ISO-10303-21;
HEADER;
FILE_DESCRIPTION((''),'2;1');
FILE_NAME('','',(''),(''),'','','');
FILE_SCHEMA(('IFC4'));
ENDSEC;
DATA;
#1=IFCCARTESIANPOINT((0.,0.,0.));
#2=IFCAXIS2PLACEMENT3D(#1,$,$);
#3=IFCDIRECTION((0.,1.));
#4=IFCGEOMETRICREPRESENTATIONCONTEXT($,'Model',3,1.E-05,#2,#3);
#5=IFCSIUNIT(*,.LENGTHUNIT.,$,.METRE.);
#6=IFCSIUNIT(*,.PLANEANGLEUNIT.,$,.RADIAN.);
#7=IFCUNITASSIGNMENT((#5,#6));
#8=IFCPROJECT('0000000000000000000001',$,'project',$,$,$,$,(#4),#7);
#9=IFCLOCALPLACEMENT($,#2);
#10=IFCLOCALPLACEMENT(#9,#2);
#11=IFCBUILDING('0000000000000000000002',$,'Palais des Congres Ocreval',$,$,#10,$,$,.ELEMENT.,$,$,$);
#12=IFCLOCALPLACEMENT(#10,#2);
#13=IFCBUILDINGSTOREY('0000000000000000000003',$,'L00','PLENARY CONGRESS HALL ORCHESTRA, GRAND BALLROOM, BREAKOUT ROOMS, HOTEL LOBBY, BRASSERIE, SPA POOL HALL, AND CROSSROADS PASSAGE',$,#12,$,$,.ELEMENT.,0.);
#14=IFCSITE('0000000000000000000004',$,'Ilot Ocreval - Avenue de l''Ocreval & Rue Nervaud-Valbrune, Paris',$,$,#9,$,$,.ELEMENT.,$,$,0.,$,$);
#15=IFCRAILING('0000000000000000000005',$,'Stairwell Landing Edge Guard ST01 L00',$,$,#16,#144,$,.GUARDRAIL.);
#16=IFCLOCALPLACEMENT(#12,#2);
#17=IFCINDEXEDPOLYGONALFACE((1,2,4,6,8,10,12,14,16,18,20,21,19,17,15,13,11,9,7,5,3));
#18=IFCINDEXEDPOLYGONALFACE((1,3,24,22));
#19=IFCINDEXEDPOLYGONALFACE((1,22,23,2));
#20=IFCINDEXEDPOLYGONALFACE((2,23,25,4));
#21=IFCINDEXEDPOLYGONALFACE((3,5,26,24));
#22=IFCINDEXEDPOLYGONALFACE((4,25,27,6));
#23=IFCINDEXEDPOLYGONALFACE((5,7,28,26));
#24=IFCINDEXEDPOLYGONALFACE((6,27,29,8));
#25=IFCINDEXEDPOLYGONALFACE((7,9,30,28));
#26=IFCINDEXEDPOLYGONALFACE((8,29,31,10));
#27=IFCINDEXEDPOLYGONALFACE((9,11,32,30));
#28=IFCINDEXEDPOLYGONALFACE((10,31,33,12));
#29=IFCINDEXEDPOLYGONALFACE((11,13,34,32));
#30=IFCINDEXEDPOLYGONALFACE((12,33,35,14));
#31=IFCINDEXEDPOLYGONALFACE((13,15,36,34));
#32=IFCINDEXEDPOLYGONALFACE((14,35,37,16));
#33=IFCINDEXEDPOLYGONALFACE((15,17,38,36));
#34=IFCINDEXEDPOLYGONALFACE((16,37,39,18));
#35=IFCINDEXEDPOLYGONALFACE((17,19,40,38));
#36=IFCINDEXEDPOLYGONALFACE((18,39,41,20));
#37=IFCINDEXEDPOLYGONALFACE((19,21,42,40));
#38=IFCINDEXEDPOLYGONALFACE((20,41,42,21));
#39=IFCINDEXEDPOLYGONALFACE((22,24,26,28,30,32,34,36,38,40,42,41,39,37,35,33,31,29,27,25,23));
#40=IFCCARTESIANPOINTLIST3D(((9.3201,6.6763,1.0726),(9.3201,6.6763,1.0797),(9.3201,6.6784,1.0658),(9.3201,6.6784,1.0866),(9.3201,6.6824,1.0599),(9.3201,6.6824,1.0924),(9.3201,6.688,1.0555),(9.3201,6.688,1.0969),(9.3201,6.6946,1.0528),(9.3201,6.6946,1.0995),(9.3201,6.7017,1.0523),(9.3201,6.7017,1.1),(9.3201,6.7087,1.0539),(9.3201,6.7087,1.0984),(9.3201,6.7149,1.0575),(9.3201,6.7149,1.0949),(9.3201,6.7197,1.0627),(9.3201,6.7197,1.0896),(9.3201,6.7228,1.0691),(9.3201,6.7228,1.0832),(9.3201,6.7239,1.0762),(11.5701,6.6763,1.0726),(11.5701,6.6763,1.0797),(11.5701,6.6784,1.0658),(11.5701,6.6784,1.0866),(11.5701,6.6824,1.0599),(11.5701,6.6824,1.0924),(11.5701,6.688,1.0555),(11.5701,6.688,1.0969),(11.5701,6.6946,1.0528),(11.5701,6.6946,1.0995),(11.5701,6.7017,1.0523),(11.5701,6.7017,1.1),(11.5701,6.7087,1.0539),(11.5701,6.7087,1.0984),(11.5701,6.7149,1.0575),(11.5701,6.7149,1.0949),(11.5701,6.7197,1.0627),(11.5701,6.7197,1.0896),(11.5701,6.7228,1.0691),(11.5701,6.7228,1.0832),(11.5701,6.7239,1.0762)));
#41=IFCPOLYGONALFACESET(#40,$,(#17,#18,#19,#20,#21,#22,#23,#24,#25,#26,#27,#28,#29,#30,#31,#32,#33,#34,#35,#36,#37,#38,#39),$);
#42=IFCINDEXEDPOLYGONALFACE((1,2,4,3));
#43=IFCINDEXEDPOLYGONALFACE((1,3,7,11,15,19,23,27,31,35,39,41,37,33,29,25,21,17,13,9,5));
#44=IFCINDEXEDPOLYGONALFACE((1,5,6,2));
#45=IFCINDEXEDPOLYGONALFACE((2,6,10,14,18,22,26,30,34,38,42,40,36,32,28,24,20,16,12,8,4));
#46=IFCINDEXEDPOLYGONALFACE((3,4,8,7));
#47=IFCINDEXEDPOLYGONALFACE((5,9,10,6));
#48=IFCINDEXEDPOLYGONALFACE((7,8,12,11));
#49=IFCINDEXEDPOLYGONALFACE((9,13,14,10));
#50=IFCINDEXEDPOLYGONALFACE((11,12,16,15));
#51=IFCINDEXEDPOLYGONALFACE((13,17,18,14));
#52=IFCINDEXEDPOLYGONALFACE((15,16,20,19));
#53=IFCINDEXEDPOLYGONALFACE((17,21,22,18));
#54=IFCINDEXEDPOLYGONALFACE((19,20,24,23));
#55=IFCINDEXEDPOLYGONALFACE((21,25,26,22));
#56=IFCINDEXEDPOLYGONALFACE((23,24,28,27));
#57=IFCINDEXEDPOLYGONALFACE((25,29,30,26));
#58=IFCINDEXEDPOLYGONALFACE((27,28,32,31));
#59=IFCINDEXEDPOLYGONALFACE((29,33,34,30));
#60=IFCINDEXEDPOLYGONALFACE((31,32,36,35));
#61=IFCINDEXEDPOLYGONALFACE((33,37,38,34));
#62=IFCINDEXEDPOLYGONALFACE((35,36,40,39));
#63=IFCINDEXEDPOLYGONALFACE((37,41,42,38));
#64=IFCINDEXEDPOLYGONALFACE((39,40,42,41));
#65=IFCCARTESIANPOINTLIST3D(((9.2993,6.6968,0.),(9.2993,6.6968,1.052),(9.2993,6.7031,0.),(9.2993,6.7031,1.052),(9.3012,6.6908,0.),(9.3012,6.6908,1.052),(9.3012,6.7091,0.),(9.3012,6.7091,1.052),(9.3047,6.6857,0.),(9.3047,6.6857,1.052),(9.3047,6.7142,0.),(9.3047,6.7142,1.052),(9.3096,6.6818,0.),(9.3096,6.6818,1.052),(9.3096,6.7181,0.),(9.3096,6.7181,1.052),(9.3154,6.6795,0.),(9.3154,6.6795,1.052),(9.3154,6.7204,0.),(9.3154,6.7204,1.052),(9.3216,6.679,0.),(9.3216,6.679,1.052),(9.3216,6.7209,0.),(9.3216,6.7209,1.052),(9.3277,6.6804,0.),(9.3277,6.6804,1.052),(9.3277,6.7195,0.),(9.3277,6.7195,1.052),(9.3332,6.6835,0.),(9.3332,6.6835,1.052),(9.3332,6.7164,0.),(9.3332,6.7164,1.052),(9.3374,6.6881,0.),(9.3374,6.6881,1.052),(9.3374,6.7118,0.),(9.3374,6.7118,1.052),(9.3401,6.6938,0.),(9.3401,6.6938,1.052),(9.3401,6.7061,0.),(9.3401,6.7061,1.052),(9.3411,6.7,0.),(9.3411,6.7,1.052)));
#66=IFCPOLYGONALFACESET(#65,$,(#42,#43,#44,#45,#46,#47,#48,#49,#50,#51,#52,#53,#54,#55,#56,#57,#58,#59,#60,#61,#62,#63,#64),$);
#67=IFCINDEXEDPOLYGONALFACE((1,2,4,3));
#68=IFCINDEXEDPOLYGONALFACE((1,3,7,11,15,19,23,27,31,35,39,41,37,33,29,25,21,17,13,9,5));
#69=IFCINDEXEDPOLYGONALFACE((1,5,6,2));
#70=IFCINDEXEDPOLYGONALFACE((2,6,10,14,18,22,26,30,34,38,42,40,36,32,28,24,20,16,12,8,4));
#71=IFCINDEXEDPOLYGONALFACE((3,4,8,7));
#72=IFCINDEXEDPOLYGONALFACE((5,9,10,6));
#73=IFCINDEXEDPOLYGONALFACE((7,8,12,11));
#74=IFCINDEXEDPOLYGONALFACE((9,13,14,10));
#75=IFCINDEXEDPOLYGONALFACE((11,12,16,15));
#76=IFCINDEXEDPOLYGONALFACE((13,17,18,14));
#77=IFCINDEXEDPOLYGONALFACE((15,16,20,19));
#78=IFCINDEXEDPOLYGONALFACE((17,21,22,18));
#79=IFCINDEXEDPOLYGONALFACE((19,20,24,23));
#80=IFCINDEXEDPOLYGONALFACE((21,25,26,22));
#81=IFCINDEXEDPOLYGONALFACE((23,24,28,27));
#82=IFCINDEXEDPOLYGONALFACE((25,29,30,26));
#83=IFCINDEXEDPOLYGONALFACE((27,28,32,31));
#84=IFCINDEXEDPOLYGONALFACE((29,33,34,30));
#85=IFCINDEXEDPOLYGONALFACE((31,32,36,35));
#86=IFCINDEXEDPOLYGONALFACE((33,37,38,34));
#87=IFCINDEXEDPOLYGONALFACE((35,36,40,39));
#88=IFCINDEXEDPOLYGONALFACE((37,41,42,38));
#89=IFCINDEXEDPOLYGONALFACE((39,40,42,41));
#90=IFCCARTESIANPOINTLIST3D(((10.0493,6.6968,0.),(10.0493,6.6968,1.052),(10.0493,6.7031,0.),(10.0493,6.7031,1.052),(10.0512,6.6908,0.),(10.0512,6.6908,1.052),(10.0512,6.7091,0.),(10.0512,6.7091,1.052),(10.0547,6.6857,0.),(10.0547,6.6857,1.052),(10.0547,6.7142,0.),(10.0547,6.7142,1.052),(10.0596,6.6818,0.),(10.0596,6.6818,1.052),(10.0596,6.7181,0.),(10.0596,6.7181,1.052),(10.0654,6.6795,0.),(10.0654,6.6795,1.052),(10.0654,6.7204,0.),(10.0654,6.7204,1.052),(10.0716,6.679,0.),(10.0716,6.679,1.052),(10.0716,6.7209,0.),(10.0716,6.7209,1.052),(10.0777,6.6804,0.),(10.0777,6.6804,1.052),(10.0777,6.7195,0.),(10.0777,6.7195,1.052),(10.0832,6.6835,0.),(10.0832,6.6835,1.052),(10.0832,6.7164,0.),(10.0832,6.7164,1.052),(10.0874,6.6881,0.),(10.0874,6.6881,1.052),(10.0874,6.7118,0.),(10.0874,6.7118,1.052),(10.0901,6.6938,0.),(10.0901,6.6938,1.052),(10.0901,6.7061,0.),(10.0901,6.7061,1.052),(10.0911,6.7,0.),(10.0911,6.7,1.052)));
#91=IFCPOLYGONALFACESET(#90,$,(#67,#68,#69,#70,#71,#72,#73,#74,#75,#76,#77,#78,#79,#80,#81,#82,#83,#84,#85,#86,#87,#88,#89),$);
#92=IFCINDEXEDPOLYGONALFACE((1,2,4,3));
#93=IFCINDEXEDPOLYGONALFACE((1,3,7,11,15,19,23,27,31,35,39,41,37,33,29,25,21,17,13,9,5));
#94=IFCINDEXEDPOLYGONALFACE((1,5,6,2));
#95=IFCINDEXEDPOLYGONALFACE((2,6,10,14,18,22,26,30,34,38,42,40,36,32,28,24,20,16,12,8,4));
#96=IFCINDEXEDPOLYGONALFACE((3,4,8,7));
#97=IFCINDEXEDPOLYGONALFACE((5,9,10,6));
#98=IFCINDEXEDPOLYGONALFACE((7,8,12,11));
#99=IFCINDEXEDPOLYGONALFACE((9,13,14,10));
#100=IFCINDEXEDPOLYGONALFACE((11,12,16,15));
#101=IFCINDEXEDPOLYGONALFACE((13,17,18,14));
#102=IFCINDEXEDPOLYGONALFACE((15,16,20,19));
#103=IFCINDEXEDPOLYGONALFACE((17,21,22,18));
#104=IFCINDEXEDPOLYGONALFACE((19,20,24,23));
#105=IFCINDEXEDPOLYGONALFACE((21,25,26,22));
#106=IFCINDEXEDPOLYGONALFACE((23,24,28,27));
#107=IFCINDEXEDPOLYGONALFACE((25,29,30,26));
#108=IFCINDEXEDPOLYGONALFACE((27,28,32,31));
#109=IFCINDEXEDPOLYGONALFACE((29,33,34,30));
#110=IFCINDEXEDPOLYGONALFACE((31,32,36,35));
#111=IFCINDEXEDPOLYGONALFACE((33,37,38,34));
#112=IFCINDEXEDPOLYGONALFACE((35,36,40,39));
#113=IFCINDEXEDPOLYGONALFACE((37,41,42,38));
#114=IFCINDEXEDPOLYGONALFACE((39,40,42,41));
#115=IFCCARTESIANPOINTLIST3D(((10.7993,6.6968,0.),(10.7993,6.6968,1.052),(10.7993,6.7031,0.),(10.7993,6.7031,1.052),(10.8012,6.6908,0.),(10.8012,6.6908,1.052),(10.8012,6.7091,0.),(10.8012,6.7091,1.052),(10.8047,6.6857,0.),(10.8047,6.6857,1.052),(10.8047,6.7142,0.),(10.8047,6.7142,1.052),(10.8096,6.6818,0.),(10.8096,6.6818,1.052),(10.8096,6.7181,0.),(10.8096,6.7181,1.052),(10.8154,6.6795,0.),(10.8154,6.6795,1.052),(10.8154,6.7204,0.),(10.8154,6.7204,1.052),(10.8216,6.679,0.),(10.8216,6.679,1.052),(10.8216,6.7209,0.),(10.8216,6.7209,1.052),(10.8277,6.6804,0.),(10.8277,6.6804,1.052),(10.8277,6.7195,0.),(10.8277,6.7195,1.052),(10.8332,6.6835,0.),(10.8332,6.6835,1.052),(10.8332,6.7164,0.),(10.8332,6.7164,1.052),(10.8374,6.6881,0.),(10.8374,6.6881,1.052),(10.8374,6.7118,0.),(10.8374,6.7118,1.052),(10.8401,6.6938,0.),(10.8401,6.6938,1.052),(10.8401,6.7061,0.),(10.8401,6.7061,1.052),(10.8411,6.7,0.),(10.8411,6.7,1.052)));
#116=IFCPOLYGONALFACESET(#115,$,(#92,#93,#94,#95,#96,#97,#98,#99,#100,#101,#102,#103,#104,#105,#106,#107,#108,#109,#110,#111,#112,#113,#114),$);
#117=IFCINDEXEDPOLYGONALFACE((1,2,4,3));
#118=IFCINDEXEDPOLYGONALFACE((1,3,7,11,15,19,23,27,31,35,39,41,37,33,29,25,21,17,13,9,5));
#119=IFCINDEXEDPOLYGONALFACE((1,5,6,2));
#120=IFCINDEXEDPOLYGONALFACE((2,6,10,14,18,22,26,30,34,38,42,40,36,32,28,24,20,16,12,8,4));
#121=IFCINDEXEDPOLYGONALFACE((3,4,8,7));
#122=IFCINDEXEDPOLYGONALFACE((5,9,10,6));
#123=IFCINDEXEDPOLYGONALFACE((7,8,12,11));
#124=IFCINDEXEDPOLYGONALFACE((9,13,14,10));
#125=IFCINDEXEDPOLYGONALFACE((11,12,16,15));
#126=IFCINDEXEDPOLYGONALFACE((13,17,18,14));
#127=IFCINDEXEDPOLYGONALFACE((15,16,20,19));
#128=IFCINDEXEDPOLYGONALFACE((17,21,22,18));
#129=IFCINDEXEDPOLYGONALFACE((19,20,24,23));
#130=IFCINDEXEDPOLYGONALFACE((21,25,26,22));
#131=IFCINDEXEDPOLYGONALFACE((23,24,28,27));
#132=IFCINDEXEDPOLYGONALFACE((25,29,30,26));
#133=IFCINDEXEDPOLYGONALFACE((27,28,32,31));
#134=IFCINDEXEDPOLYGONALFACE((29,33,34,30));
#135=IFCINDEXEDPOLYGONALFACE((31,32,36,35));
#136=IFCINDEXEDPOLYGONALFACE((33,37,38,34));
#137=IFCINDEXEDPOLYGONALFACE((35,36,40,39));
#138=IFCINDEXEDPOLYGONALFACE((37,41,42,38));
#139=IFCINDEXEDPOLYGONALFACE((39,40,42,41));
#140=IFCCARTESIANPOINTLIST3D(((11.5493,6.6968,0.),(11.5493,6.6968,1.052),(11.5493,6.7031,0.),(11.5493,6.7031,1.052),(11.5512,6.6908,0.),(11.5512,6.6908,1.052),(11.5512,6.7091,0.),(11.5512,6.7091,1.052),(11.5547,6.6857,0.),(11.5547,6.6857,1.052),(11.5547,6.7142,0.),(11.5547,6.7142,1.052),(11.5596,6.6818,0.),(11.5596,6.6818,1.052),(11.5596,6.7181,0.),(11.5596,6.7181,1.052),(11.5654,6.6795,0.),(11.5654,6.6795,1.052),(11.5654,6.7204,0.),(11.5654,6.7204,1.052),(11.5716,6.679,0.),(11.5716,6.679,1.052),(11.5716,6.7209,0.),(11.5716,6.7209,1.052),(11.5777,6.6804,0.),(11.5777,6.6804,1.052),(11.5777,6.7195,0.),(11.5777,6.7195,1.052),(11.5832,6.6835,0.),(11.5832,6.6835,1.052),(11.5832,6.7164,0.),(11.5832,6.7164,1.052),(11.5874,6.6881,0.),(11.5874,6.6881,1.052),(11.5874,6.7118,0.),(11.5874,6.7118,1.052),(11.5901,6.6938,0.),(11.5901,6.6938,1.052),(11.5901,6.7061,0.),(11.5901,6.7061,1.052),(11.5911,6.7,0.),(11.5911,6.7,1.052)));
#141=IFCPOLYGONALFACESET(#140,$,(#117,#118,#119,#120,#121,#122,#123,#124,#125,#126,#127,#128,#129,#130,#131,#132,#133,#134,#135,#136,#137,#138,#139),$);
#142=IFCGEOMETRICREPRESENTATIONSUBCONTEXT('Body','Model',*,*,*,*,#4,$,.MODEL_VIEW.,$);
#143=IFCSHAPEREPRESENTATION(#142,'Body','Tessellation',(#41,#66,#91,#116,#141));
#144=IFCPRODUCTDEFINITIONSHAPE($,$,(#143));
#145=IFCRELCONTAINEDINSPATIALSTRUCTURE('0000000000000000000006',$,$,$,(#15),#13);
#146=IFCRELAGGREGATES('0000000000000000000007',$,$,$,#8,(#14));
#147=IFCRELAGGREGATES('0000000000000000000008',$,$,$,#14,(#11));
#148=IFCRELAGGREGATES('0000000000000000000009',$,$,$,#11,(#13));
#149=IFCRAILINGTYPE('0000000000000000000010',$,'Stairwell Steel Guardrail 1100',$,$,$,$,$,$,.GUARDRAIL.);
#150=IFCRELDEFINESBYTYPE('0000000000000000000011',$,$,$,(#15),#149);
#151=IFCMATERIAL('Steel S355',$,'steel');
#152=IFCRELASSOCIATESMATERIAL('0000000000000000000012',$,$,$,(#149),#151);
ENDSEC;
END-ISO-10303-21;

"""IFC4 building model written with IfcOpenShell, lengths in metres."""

from ifc_helpers import new_model, si_unit, direction, frame, origin, origin_2d, place, context, subcontext, project, spatial, circle, extrude, material, type_object, element, save


model = new_model("IFC4")

# Units and contexts
model_context = context("Model", 3, precision=1e-05, world=origin(), true_north=direction((0.0, 1.0)))
body_context = subcontext(model_context, "Body", "Model", "MODEL_VIEW")
ifc_project = project(units=[si_unit("LENGTHUNIT", "METRE"), si_unit("PLANEANGLEUNIT", "RADIAN")], contexts=[model_context])

# Site, building, storey
site_placement = place(None, origin())
site = spatial("IfcSite", under=ifc_project, at=site_placement, Name="Ilot Ocreval - Avenue de l'Ocreval & Rue Nervaud-Valbrune, Paris", CompositionType="ELEMENT", RefElevation=0.0)
building_placement = place(site_placement, origin())
building = spatial("IfcBuilding", under=site, at=building_placement, Name="Palais des Congres Ocreval", CompositionType="ELEMENT")
storey_placement = place(building_placement, origin())
storey = spatial("IfcBuildingStorey", under=building, at=storey_placement, Name="L00", Description="PLENARY CONGRESS HALL ORCHESTRA, GRAND BALLROOM, BREAKOUT ROOMS, HOTEL LOBBY, BRASSERIE, SPA POOL HALL, AND CROSSROADS PASSAGE", CompositionType="ELEMENT", Elevation=0.0)

# Shared definitions
ifc_material_1 = material(Name="Steel S355", Category="steel")

# Railing
railing_type_1 = type_object("IfcRailingType", Name="Stairwell Steel Guardrail 1100", PredefinedType="GUARDRAIL", material=ifc_material_1)
railing_1_placement = place(storey_placement, frame((9.3201, 6.7, 0.0)))
element("IfcRailing", 1, at=railing_1_placement, inside=storey, type_object=railing_type_1, Name="Stairwell Landing Edge Guard ST01 L00", PredefinedType="GUARDRAIL", context=body_context, shape_type="SweptSolid", body=[
    extrude(circle(Radius=0.0239, at=origin_2d()), frame((0.0, 0.0, 1.0762), z_axis=(1.0, 0.0, 0.0), x_axis=(0.0, 1.0, 0.0)), (0.0, 0.0, 1.0), 2.25),
    extrude(circle(Radius=0.021, at=origin_2d()), origin(), (0.0, 0.0, 1.0), 1.052),
    extrude(circle(Radius=0.021, at=origin_2d()), frame((0.75, 0.0, 0.0)), (0.0, 0.0, 1.0), 1.052),
    extrude(circle(Radius=0.021, at=origin_2d()), frame((1.5, 0.0, 0.0)), (0.0, 0.0, 1.0), 1.052),
    extrude(circle(Radius=0.021, at=origin_2d()), frame((2.25, 0.0, 0.0)), (0.0, 0.0, 1.0), 1.052),
])

save(model, "model.ifc")
